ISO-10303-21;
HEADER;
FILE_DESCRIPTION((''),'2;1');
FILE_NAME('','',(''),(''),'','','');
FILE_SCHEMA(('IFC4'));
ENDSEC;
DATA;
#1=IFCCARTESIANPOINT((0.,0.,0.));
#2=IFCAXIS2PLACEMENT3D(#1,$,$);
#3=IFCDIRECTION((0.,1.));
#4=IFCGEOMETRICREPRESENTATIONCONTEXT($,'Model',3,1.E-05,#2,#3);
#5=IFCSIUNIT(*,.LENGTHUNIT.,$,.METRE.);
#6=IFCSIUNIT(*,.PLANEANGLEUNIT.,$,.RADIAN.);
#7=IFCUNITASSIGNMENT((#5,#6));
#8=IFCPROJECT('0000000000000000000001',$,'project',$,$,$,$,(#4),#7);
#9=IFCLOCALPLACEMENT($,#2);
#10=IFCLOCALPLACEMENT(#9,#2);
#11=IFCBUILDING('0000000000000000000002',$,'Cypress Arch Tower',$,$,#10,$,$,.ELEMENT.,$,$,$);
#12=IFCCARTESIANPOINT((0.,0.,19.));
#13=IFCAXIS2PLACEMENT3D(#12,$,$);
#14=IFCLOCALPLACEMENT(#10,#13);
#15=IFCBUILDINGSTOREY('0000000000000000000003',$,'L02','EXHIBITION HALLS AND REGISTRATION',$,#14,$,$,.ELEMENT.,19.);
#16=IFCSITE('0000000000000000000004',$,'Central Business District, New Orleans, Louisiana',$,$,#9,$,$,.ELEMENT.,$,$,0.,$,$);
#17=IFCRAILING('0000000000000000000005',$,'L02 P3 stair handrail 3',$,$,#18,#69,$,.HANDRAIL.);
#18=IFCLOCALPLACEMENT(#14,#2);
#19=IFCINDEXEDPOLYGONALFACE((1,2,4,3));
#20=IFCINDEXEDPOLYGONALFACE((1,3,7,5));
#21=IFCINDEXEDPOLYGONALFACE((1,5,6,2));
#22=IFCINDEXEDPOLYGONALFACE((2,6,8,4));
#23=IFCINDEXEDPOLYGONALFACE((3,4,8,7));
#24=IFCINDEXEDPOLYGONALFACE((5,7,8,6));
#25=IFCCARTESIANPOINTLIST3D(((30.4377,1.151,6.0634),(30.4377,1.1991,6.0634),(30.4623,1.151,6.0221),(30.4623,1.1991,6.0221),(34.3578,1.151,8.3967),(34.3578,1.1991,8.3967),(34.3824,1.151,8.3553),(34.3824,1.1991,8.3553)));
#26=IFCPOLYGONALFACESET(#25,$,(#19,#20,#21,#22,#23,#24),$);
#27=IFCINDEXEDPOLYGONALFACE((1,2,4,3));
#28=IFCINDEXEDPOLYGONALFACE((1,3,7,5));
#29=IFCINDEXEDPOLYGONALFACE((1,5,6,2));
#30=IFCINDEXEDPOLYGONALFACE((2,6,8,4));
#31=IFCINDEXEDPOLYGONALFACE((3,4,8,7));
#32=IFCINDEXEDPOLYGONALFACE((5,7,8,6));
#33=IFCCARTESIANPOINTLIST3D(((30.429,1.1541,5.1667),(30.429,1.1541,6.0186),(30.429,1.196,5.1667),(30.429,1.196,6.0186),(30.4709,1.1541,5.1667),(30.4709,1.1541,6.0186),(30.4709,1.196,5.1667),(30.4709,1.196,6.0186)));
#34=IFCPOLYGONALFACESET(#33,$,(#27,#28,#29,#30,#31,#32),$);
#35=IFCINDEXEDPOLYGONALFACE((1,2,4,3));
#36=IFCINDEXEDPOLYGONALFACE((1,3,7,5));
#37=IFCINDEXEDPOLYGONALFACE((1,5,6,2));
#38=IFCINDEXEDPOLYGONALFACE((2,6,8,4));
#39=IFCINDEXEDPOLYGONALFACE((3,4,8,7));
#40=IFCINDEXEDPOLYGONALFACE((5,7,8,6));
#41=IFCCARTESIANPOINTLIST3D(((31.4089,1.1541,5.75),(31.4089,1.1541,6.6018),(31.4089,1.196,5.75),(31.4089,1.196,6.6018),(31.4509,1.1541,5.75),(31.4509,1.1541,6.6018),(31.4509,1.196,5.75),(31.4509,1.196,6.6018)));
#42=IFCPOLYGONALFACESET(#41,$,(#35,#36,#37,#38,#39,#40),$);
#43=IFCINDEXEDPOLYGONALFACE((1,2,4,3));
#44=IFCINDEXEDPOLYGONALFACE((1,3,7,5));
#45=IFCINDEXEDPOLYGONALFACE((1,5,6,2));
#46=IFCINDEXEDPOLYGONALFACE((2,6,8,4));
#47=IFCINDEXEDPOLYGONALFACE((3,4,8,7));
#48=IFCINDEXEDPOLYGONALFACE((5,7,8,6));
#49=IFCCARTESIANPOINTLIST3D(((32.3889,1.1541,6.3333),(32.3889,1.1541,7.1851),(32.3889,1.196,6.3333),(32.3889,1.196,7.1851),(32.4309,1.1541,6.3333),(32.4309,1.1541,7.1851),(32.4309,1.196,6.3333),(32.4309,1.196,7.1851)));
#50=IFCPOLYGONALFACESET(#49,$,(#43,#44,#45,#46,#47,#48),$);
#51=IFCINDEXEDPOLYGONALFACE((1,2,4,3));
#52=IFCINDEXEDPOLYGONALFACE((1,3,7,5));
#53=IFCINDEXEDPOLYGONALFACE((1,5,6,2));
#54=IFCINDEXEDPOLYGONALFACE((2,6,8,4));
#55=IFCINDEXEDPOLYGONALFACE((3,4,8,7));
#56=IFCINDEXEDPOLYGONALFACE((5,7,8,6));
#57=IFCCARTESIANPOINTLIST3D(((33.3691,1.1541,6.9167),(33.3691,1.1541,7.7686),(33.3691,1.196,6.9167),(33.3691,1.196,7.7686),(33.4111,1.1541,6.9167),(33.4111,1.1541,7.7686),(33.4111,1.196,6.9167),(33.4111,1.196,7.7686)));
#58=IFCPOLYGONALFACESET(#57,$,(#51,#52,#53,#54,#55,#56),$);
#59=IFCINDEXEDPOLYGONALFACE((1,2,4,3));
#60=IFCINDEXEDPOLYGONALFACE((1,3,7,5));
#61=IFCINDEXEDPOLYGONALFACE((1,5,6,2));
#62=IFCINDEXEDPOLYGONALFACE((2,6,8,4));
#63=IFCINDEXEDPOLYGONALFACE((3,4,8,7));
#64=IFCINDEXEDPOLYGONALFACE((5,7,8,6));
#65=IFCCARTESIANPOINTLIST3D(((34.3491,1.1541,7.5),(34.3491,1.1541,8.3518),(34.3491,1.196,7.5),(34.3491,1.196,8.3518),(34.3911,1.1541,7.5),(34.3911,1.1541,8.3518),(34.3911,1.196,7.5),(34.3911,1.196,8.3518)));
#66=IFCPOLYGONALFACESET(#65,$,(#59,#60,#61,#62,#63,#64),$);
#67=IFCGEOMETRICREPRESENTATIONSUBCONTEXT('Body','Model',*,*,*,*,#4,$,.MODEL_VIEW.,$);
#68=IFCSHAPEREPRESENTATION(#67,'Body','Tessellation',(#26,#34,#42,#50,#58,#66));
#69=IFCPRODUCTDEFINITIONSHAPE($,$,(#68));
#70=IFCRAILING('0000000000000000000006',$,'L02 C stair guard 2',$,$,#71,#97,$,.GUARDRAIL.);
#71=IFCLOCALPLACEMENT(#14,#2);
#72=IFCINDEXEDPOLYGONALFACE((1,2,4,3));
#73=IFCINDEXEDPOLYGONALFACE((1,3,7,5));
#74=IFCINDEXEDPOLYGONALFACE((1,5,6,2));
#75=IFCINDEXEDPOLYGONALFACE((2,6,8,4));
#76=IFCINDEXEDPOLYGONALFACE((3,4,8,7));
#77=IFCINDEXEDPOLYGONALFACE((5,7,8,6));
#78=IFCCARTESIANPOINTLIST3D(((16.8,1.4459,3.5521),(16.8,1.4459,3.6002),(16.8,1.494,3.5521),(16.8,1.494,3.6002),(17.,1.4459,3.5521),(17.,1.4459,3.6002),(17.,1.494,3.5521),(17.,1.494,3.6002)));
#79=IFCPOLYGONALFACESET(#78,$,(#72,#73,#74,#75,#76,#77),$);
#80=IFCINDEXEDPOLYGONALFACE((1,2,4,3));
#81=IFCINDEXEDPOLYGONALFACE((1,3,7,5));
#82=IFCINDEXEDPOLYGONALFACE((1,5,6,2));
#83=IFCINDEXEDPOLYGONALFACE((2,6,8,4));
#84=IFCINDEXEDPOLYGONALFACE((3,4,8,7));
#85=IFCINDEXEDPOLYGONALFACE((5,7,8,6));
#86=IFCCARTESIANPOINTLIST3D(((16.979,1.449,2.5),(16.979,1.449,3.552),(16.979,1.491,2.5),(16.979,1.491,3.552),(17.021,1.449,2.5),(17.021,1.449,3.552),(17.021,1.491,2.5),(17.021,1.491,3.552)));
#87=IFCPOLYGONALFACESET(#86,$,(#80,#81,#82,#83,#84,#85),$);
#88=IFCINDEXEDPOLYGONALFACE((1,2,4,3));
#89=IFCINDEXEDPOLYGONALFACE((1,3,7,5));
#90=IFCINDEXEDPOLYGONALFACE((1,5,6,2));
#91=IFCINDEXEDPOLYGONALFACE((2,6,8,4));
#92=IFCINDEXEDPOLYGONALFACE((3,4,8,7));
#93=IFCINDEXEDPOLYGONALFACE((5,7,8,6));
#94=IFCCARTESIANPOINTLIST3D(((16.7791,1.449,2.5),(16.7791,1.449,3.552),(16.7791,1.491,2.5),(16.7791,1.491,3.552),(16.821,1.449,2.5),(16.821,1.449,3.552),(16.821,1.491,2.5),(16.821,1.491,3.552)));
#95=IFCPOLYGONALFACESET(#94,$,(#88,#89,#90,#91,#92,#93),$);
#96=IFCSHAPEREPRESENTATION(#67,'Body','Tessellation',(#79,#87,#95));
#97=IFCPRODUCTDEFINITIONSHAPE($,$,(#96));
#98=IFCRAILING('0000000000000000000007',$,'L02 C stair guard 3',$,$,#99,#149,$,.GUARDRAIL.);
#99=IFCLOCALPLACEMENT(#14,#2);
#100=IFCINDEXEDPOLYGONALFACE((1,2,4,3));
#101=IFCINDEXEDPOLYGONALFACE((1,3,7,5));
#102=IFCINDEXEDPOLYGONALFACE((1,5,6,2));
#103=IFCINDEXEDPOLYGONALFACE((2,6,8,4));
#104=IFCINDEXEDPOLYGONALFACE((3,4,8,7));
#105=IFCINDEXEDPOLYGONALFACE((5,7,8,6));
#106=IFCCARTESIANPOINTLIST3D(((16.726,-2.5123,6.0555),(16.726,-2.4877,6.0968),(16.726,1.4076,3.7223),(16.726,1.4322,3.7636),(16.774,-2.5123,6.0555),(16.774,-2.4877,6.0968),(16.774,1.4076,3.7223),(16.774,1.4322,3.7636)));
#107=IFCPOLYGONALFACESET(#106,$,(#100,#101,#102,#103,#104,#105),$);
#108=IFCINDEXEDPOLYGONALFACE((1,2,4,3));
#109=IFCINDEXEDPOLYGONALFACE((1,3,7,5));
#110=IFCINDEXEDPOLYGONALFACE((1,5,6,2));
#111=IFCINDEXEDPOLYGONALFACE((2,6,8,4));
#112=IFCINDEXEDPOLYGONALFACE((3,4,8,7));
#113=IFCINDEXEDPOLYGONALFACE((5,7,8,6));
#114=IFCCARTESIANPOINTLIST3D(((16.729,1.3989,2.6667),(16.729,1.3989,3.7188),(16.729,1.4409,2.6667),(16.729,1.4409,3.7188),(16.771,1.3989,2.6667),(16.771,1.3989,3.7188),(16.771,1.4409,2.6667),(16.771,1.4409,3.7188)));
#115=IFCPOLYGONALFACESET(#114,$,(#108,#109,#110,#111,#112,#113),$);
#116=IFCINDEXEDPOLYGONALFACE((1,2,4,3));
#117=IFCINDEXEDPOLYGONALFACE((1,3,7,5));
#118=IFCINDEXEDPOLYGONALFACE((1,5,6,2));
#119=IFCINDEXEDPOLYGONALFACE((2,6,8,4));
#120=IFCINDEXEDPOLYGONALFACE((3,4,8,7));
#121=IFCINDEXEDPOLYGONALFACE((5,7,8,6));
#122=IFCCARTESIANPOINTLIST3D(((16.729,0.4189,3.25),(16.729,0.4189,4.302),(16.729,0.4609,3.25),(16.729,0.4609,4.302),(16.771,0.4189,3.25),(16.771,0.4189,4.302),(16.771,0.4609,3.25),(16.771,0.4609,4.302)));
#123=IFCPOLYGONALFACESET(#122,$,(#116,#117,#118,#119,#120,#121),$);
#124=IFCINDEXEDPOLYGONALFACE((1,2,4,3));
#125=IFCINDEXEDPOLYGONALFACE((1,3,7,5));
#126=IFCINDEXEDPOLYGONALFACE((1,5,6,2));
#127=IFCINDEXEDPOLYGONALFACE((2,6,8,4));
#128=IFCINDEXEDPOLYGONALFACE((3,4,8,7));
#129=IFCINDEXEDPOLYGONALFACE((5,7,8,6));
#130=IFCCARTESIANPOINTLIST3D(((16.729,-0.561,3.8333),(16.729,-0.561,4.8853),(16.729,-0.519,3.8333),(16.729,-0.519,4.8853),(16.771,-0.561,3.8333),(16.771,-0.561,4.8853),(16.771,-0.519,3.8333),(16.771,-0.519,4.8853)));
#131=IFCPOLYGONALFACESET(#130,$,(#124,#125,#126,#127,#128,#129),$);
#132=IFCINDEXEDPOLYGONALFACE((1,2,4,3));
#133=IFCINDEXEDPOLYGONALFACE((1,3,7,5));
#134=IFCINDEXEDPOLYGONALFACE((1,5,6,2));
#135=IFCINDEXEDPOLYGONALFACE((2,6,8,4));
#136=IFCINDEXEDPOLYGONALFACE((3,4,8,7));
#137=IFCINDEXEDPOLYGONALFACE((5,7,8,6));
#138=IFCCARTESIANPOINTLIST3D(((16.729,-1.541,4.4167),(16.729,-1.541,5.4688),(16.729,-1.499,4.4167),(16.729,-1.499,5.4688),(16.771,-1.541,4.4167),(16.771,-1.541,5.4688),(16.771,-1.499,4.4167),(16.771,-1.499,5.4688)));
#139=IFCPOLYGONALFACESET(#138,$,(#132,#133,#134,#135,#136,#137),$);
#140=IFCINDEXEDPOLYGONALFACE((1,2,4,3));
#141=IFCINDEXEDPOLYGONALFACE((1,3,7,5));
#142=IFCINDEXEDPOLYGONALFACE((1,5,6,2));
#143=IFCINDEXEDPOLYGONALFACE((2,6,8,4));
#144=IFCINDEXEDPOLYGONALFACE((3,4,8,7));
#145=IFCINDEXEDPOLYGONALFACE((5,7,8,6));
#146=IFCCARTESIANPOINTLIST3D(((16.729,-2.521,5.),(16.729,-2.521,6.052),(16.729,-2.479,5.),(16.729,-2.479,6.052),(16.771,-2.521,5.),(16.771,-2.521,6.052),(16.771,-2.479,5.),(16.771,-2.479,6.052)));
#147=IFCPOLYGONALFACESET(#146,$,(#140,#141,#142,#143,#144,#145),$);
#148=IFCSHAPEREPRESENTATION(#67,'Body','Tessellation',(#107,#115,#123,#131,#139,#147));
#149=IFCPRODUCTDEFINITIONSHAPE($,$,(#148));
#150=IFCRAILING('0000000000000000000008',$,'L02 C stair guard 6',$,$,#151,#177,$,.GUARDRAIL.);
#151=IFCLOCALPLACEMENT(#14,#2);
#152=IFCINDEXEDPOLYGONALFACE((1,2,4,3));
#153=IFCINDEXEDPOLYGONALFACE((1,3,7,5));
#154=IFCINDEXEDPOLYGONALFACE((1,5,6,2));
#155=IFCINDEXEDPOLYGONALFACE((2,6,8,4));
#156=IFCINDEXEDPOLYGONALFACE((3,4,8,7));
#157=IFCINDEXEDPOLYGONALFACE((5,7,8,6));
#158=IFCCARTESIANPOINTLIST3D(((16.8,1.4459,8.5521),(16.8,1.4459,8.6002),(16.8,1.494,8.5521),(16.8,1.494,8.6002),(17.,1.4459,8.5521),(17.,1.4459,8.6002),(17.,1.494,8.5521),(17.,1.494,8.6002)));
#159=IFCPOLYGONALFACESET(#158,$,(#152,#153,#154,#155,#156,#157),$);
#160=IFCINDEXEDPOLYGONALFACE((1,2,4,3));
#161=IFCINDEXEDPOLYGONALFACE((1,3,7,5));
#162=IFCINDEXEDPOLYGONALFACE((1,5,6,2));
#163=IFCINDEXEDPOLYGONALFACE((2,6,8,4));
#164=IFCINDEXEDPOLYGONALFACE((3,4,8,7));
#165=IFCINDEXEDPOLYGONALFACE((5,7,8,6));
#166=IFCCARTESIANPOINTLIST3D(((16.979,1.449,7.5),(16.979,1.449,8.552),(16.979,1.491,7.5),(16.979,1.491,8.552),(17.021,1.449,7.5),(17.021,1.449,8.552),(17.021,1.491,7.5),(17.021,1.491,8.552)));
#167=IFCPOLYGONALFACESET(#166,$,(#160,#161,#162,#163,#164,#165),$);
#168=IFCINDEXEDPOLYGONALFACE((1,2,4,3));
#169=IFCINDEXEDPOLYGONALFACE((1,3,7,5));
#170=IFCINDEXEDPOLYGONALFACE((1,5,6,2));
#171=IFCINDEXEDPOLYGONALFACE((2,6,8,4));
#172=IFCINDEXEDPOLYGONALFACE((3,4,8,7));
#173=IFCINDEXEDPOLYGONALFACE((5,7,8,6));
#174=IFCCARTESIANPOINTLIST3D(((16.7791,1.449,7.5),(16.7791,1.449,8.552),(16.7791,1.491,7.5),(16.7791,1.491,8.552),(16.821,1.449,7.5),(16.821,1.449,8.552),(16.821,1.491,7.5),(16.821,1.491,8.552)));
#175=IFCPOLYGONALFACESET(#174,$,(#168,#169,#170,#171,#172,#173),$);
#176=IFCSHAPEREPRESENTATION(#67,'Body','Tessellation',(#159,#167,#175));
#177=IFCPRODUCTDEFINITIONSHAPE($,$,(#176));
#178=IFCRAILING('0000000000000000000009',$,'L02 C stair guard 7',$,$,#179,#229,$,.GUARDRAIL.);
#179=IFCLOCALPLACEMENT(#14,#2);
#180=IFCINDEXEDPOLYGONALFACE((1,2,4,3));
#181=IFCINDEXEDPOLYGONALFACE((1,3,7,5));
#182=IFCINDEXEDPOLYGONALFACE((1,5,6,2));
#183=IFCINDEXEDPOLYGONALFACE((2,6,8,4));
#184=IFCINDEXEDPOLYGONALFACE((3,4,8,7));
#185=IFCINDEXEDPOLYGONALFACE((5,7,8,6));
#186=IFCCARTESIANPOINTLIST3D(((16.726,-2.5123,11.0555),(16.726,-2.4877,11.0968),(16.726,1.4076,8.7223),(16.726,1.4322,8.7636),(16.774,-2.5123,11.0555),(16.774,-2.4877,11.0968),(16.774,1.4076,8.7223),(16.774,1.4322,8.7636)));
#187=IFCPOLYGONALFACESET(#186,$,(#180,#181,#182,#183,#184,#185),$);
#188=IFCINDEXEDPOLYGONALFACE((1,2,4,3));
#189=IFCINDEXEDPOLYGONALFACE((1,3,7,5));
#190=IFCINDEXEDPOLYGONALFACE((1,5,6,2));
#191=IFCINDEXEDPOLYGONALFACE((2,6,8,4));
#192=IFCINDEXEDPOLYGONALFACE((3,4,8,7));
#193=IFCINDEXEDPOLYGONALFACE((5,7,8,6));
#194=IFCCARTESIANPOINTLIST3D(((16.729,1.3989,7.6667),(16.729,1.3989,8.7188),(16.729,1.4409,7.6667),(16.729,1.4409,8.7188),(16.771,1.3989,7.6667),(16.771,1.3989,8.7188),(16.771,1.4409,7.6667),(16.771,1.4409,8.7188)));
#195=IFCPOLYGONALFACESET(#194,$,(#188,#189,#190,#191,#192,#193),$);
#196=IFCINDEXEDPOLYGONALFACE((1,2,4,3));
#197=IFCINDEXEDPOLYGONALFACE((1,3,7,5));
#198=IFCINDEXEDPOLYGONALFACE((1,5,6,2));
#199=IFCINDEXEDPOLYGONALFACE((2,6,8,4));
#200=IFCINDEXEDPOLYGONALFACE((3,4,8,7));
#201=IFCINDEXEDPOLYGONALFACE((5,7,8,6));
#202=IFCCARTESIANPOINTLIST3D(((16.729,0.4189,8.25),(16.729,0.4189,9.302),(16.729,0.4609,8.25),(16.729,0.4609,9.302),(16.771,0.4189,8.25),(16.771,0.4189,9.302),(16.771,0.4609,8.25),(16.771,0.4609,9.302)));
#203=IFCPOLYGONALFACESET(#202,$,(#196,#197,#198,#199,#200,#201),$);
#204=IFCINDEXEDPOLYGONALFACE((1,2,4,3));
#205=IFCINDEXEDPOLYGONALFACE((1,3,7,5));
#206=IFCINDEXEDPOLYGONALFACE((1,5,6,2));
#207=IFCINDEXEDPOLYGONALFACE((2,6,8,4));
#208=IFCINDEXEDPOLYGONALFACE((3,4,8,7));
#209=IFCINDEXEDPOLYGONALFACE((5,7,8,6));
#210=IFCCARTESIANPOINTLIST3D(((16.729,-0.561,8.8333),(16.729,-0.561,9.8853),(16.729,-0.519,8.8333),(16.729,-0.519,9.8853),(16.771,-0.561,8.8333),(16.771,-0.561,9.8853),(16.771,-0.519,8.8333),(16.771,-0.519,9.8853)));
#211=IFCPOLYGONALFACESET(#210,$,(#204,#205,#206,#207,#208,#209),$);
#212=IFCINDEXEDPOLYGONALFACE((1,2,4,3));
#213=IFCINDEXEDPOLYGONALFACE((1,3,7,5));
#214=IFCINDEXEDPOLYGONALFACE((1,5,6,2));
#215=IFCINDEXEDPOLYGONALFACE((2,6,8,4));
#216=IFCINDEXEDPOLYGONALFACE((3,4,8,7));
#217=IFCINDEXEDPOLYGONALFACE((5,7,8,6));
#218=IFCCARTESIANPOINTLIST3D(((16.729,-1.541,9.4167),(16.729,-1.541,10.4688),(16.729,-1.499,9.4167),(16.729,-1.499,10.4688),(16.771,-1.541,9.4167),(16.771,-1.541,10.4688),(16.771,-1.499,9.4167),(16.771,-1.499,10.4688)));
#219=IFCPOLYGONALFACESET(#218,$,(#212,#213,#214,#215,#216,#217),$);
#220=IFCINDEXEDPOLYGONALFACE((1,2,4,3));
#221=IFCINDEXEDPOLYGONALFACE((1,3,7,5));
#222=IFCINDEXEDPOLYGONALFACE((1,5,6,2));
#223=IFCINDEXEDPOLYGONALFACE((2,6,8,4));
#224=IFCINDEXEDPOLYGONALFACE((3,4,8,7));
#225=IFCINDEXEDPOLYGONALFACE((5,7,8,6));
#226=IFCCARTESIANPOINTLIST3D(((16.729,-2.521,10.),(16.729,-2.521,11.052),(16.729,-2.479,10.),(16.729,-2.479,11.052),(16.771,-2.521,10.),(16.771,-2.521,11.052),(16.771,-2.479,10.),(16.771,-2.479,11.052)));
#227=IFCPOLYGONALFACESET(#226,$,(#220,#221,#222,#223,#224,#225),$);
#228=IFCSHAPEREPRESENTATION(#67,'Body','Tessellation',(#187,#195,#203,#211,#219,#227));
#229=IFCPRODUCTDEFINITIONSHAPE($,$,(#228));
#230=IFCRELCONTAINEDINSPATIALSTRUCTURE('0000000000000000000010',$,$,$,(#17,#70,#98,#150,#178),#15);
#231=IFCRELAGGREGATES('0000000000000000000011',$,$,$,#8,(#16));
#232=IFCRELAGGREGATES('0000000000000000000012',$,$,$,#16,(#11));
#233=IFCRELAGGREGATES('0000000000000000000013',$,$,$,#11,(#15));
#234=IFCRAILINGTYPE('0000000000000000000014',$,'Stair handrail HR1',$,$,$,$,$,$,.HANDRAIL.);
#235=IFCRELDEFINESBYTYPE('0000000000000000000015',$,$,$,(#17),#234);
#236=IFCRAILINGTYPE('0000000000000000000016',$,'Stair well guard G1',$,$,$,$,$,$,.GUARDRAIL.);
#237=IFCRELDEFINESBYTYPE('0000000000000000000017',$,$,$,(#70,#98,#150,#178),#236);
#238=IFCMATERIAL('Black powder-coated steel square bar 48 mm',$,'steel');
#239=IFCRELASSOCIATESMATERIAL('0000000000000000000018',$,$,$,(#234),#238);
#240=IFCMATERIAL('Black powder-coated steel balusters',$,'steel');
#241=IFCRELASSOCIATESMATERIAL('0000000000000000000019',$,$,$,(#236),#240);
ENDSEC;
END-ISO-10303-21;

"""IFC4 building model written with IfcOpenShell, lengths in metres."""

from ifc_helpers import new_model, si_unit, direction, frame, origin, origin_2d, place, context, subcontext, project, spatial, rectangle, extrude, material, type_object, element, save


model = new_model("IFC4")

# Units and contexts
model_context = context("Model", 3, precision=1e-05, world=origin(), true_north=direction((0.0, 1.0)))
body_context = subcontext(model_context, "Body", "Model", "MODEL_VIEW")
ifc_project = project(units=[si_unit("LENGTHUNIT", "METRE"), si_unit("PLANEANGLEUNIT", "RADIAN")], contexts=[model_context])

# Site, building, storey
site_placement = place(None, origin())
site = spatial("IfcSite", under=ifc_project, at=site_placement, Name="Central Business District, New Orleans, Louisiana", CompositionType="ELEMENT", RefElevation=0.0)
building_placement = place(site_placement, origin())
building = spatial("IfcBuilding", under=site, at=building_placement, Name="Cypress Arch Tower", CompositionType="ELEMENT")
storey_placement = place(building_placement, frame((0.0, 0.0, 19.0)))
storey = spatial("IfcBuildingStorey", under=building, at=storey_placement, Name="L02", Description="EXHIBITION HALLS AND REGISTRATION", CompositionType="ELEMENT", Elevation=19.0)

# Railings
ifc_material_1 = material(Name="Black powder-coated steel square bar 48 mm", Category="steel")
railing_type_1 = type_object("IfcRailingType", Name="Stair handrail HR1", PredefinedType="HANDRAIL", material=ifc_material_1)
for number, where, name in (
    (1, (30.45, 1.175, 5.1667), "L02 P3 stair handrail 3"),
):
    element("IfcRailing", number, at=place(storey_placement, frame(where)), inside=storey, type_object=railing_type_1, Name=name, PredefinedType="HANDRAIL", context=body_context, shape_type="SweptSolid", body=[
        extrude(rectangle(XDim=0.0481, YDim=0.0481, at=origin_2d()), frame((0.0, 0.0, 0.876), z_axis=(0.85931, 0.0, 0.511455), x_axis=(0.0, 1.0, 0.0)), (0.0, 0.0, 1.0), 4.562),
        extrude(rectangle(XDim=0.042, YDim=0.042, at=origin_2d()), origin(), (0.0, 0.0, 1.0), 0.8518),
        extrude(rectangle(XDim=0.042, YDim=0.042, at=origin_2d()), frame((0.98, 0.0, 0.5833)), (0.0, 0.0, 1.0), 0.8518),
        extrude(rectangle(XDim=0.042, YDim=0.042, at=origin_2d()), frame((1.96, 0.0, 1.1665)), (0.0, 0.0, 1.0), 0.8518),
        extrude(rectangle(XDim=0.042, YDim=0.042, at=origin_2d()), frame((2.9402, 0.0, 1.75)), (0.0, 0.0, 1.0), 0.8518),
        extrude(rectangle(XDim=0.042, YDim=0.042, at=origin_2d()), frame((3.9202, 0.0, 2.3333)), (0.0, 0.0, 1.0), 0.8518),
    ])
ifc_material_2 = material(Name="Black powder-coated steel balusters", Category="steel")
railing_type_2 = type_object("IfcRailingType", Name="Stair well guard G1", PredefinedType="GUARDRAIL", material=ifc_material_2)
railing_1_placement = place(storey_placement, frame((17.0, 1.47, 2.5)))
element("IfcRailing", 2, at=railing_1_placement, inside=storey, type_object=railing_type_2, Name="L02 C stair guard 2", PredefinedType="GUARDRAIL", context=body_context, shape_type="SweptSolid", body=[
    extrude(rectangle(XDim=0.0481, YDim=0.0481, at=origin_2d()), frame((0.0, 0.0, 1.0762), z_axis=(-1.0, 0.0, 0.0), x_axis=(0.0, -1.0, 0.0)), (0.0, 0.0, 1.0), 0.2),
    extrude(rectangle(XDim=0.042, YDim=0.042, at=origin_2d()), origin(), (0.0, 0.0, 1.0), 1.052),
    extrude(rectangle(XDim=0.042, YDim=0.042, at=origin_2d()), frame((-0.2, 0.0, 0.0)), (0.0, 0.0, 1.0), 1.052),
])
railing_2_placement = place(storey_placement, frame((16.75, 1.4199, 2.6667)))
element("IfcRailing", 3, at=railing_2_placement, inside=storey, type_object=railing_type_2, Name="L02 C stair guard 3", PredefinedType="GUARDRAIL", context=body_context, shape_type="SweptSolid", body=[
    extrude(rectangle(XDim=0.0481, YDim=0.0481, at=origin_2d()), frame((0.0, 0.0, 1.0762), z_axis=(0.0, -0.859296, 0.511478), x_axis=(1.0, 0.0, 0.0)), (0.0, 0.0, 1.0), 4.5618),
    extrude(rectangle(XDim=0.042, YDim=0.042, at=origin_2d()), origin(), (0.0, 0.0, 1.0), 1.052),
    extrude(rectangle(XDim=0.042, YDim=0.042, at=origin_2d()), frame((0.0, -0.98, 0.5833)), (0.0, 0.0, 1.0), 1.052),
    extrude(rectangle(XDim=0.042, YDim=0.042, at=origin_2d()), frame((0.0, -1.96, 1.1665)), (0.0, 0.0, 1.0), 1.052),
    extrude(rectangle(XDim=0.042, YDim=0.042, at=origin_2d()), frame((0.0, -2.9399, 1.75)), (0.0, 0.0, 1.0), 1.052),
    extrude(rectangle(XDim=0.042, YDim=0.042, at=origin_2d()), frame((0.0, -3.9199, 2.3333)), (0.0, 0.0, 1.0), 1.052),
])
railing_3_placement = place(storey_placement, frame((17.0, 1.47, 7.5)))
element("IfcRailing", 4, at=railing_3_placement, inside=storey, type_object=railing_type_2, Name="L02 C stair guard 6", PredefinedType="GUARDRAIL", context=body_context, shape_type="SweptSolid", body=[
    extrude(rectangle(XDim=0.0481, YDim=0.0481, at=origin_2d()), frame((0.0, 0.0, 1.0762), z_axis=(-1.0, 0.0, 0.0), x_axis=(0.0, -1.0, 0.0)), (0.0, 0.0, 1.0), 0.2),
    extrude(rectangle(XDim=0.042, YDim=0.042, at=origin_2d()), origin(), (0.0, 0.0, 1.0), 1.052),
    extrude(rectangle(XDim=0.042, YDim=0.042, at=origin_2d()), frame((-0.2, 0.0, 0.0)), (0.0, 0.0, 1.0), 1.052),
])
railing_4_placement = place(storey_placement, frame((16.75, 1.4199, 7.6667)))
element("IfcRailing", 5, at=railing_4_placement, inside=storey, type_object=railing_type_2, Name="L02 C stair guard 7", PredefinedType="GUARDRAIL", context=body_context, shape_type="SweptSolid", body=[
    extrude(rectangle(XDim=0.0481, YDim=0.0481, at=origin_2d()), frame((0.0, 0.0, 1.0762), z_axis=(0.0, -0.859296, 0.511478), x_axis=(1.0, 0.0, 0.0)), (0.0, 0.0, 1.0), 4.5618),
    extrude(rectangle(XDim=0.042, YDim=0.042, at=origin_2d()), origin(), (0.0, 0.0, 1.0), 1.052),
    extrude(rectangle(XDim=0.042, YDim=0.042, at=origin_2d()), frame((0.0, -0.98, 0.5833)), (0.0, 0.0, 1.0), 1.052),
    extrude(rectangle(XDim=0.042, YDim=0.042, at=origin_2d()), frame((0.0, -1.96, 1.1665)), (0.0, 0.0, 1.0), 1.052),
    extrude(rectangle(XDim=0.042, YDim=0.042, at=origin_2d()), frame((0.0, -2.9399, 1.75)), (0.0, 0.0, 1.0), 1.052),
    extrude(rectangle(XDim=0.042, YDim=0.042, at=origin_2d()), frame((0.0, -3.9199, 2.3333)), (0.0, 0.0, 1.0), 1.052),
])

save(model, "model.ifc")
